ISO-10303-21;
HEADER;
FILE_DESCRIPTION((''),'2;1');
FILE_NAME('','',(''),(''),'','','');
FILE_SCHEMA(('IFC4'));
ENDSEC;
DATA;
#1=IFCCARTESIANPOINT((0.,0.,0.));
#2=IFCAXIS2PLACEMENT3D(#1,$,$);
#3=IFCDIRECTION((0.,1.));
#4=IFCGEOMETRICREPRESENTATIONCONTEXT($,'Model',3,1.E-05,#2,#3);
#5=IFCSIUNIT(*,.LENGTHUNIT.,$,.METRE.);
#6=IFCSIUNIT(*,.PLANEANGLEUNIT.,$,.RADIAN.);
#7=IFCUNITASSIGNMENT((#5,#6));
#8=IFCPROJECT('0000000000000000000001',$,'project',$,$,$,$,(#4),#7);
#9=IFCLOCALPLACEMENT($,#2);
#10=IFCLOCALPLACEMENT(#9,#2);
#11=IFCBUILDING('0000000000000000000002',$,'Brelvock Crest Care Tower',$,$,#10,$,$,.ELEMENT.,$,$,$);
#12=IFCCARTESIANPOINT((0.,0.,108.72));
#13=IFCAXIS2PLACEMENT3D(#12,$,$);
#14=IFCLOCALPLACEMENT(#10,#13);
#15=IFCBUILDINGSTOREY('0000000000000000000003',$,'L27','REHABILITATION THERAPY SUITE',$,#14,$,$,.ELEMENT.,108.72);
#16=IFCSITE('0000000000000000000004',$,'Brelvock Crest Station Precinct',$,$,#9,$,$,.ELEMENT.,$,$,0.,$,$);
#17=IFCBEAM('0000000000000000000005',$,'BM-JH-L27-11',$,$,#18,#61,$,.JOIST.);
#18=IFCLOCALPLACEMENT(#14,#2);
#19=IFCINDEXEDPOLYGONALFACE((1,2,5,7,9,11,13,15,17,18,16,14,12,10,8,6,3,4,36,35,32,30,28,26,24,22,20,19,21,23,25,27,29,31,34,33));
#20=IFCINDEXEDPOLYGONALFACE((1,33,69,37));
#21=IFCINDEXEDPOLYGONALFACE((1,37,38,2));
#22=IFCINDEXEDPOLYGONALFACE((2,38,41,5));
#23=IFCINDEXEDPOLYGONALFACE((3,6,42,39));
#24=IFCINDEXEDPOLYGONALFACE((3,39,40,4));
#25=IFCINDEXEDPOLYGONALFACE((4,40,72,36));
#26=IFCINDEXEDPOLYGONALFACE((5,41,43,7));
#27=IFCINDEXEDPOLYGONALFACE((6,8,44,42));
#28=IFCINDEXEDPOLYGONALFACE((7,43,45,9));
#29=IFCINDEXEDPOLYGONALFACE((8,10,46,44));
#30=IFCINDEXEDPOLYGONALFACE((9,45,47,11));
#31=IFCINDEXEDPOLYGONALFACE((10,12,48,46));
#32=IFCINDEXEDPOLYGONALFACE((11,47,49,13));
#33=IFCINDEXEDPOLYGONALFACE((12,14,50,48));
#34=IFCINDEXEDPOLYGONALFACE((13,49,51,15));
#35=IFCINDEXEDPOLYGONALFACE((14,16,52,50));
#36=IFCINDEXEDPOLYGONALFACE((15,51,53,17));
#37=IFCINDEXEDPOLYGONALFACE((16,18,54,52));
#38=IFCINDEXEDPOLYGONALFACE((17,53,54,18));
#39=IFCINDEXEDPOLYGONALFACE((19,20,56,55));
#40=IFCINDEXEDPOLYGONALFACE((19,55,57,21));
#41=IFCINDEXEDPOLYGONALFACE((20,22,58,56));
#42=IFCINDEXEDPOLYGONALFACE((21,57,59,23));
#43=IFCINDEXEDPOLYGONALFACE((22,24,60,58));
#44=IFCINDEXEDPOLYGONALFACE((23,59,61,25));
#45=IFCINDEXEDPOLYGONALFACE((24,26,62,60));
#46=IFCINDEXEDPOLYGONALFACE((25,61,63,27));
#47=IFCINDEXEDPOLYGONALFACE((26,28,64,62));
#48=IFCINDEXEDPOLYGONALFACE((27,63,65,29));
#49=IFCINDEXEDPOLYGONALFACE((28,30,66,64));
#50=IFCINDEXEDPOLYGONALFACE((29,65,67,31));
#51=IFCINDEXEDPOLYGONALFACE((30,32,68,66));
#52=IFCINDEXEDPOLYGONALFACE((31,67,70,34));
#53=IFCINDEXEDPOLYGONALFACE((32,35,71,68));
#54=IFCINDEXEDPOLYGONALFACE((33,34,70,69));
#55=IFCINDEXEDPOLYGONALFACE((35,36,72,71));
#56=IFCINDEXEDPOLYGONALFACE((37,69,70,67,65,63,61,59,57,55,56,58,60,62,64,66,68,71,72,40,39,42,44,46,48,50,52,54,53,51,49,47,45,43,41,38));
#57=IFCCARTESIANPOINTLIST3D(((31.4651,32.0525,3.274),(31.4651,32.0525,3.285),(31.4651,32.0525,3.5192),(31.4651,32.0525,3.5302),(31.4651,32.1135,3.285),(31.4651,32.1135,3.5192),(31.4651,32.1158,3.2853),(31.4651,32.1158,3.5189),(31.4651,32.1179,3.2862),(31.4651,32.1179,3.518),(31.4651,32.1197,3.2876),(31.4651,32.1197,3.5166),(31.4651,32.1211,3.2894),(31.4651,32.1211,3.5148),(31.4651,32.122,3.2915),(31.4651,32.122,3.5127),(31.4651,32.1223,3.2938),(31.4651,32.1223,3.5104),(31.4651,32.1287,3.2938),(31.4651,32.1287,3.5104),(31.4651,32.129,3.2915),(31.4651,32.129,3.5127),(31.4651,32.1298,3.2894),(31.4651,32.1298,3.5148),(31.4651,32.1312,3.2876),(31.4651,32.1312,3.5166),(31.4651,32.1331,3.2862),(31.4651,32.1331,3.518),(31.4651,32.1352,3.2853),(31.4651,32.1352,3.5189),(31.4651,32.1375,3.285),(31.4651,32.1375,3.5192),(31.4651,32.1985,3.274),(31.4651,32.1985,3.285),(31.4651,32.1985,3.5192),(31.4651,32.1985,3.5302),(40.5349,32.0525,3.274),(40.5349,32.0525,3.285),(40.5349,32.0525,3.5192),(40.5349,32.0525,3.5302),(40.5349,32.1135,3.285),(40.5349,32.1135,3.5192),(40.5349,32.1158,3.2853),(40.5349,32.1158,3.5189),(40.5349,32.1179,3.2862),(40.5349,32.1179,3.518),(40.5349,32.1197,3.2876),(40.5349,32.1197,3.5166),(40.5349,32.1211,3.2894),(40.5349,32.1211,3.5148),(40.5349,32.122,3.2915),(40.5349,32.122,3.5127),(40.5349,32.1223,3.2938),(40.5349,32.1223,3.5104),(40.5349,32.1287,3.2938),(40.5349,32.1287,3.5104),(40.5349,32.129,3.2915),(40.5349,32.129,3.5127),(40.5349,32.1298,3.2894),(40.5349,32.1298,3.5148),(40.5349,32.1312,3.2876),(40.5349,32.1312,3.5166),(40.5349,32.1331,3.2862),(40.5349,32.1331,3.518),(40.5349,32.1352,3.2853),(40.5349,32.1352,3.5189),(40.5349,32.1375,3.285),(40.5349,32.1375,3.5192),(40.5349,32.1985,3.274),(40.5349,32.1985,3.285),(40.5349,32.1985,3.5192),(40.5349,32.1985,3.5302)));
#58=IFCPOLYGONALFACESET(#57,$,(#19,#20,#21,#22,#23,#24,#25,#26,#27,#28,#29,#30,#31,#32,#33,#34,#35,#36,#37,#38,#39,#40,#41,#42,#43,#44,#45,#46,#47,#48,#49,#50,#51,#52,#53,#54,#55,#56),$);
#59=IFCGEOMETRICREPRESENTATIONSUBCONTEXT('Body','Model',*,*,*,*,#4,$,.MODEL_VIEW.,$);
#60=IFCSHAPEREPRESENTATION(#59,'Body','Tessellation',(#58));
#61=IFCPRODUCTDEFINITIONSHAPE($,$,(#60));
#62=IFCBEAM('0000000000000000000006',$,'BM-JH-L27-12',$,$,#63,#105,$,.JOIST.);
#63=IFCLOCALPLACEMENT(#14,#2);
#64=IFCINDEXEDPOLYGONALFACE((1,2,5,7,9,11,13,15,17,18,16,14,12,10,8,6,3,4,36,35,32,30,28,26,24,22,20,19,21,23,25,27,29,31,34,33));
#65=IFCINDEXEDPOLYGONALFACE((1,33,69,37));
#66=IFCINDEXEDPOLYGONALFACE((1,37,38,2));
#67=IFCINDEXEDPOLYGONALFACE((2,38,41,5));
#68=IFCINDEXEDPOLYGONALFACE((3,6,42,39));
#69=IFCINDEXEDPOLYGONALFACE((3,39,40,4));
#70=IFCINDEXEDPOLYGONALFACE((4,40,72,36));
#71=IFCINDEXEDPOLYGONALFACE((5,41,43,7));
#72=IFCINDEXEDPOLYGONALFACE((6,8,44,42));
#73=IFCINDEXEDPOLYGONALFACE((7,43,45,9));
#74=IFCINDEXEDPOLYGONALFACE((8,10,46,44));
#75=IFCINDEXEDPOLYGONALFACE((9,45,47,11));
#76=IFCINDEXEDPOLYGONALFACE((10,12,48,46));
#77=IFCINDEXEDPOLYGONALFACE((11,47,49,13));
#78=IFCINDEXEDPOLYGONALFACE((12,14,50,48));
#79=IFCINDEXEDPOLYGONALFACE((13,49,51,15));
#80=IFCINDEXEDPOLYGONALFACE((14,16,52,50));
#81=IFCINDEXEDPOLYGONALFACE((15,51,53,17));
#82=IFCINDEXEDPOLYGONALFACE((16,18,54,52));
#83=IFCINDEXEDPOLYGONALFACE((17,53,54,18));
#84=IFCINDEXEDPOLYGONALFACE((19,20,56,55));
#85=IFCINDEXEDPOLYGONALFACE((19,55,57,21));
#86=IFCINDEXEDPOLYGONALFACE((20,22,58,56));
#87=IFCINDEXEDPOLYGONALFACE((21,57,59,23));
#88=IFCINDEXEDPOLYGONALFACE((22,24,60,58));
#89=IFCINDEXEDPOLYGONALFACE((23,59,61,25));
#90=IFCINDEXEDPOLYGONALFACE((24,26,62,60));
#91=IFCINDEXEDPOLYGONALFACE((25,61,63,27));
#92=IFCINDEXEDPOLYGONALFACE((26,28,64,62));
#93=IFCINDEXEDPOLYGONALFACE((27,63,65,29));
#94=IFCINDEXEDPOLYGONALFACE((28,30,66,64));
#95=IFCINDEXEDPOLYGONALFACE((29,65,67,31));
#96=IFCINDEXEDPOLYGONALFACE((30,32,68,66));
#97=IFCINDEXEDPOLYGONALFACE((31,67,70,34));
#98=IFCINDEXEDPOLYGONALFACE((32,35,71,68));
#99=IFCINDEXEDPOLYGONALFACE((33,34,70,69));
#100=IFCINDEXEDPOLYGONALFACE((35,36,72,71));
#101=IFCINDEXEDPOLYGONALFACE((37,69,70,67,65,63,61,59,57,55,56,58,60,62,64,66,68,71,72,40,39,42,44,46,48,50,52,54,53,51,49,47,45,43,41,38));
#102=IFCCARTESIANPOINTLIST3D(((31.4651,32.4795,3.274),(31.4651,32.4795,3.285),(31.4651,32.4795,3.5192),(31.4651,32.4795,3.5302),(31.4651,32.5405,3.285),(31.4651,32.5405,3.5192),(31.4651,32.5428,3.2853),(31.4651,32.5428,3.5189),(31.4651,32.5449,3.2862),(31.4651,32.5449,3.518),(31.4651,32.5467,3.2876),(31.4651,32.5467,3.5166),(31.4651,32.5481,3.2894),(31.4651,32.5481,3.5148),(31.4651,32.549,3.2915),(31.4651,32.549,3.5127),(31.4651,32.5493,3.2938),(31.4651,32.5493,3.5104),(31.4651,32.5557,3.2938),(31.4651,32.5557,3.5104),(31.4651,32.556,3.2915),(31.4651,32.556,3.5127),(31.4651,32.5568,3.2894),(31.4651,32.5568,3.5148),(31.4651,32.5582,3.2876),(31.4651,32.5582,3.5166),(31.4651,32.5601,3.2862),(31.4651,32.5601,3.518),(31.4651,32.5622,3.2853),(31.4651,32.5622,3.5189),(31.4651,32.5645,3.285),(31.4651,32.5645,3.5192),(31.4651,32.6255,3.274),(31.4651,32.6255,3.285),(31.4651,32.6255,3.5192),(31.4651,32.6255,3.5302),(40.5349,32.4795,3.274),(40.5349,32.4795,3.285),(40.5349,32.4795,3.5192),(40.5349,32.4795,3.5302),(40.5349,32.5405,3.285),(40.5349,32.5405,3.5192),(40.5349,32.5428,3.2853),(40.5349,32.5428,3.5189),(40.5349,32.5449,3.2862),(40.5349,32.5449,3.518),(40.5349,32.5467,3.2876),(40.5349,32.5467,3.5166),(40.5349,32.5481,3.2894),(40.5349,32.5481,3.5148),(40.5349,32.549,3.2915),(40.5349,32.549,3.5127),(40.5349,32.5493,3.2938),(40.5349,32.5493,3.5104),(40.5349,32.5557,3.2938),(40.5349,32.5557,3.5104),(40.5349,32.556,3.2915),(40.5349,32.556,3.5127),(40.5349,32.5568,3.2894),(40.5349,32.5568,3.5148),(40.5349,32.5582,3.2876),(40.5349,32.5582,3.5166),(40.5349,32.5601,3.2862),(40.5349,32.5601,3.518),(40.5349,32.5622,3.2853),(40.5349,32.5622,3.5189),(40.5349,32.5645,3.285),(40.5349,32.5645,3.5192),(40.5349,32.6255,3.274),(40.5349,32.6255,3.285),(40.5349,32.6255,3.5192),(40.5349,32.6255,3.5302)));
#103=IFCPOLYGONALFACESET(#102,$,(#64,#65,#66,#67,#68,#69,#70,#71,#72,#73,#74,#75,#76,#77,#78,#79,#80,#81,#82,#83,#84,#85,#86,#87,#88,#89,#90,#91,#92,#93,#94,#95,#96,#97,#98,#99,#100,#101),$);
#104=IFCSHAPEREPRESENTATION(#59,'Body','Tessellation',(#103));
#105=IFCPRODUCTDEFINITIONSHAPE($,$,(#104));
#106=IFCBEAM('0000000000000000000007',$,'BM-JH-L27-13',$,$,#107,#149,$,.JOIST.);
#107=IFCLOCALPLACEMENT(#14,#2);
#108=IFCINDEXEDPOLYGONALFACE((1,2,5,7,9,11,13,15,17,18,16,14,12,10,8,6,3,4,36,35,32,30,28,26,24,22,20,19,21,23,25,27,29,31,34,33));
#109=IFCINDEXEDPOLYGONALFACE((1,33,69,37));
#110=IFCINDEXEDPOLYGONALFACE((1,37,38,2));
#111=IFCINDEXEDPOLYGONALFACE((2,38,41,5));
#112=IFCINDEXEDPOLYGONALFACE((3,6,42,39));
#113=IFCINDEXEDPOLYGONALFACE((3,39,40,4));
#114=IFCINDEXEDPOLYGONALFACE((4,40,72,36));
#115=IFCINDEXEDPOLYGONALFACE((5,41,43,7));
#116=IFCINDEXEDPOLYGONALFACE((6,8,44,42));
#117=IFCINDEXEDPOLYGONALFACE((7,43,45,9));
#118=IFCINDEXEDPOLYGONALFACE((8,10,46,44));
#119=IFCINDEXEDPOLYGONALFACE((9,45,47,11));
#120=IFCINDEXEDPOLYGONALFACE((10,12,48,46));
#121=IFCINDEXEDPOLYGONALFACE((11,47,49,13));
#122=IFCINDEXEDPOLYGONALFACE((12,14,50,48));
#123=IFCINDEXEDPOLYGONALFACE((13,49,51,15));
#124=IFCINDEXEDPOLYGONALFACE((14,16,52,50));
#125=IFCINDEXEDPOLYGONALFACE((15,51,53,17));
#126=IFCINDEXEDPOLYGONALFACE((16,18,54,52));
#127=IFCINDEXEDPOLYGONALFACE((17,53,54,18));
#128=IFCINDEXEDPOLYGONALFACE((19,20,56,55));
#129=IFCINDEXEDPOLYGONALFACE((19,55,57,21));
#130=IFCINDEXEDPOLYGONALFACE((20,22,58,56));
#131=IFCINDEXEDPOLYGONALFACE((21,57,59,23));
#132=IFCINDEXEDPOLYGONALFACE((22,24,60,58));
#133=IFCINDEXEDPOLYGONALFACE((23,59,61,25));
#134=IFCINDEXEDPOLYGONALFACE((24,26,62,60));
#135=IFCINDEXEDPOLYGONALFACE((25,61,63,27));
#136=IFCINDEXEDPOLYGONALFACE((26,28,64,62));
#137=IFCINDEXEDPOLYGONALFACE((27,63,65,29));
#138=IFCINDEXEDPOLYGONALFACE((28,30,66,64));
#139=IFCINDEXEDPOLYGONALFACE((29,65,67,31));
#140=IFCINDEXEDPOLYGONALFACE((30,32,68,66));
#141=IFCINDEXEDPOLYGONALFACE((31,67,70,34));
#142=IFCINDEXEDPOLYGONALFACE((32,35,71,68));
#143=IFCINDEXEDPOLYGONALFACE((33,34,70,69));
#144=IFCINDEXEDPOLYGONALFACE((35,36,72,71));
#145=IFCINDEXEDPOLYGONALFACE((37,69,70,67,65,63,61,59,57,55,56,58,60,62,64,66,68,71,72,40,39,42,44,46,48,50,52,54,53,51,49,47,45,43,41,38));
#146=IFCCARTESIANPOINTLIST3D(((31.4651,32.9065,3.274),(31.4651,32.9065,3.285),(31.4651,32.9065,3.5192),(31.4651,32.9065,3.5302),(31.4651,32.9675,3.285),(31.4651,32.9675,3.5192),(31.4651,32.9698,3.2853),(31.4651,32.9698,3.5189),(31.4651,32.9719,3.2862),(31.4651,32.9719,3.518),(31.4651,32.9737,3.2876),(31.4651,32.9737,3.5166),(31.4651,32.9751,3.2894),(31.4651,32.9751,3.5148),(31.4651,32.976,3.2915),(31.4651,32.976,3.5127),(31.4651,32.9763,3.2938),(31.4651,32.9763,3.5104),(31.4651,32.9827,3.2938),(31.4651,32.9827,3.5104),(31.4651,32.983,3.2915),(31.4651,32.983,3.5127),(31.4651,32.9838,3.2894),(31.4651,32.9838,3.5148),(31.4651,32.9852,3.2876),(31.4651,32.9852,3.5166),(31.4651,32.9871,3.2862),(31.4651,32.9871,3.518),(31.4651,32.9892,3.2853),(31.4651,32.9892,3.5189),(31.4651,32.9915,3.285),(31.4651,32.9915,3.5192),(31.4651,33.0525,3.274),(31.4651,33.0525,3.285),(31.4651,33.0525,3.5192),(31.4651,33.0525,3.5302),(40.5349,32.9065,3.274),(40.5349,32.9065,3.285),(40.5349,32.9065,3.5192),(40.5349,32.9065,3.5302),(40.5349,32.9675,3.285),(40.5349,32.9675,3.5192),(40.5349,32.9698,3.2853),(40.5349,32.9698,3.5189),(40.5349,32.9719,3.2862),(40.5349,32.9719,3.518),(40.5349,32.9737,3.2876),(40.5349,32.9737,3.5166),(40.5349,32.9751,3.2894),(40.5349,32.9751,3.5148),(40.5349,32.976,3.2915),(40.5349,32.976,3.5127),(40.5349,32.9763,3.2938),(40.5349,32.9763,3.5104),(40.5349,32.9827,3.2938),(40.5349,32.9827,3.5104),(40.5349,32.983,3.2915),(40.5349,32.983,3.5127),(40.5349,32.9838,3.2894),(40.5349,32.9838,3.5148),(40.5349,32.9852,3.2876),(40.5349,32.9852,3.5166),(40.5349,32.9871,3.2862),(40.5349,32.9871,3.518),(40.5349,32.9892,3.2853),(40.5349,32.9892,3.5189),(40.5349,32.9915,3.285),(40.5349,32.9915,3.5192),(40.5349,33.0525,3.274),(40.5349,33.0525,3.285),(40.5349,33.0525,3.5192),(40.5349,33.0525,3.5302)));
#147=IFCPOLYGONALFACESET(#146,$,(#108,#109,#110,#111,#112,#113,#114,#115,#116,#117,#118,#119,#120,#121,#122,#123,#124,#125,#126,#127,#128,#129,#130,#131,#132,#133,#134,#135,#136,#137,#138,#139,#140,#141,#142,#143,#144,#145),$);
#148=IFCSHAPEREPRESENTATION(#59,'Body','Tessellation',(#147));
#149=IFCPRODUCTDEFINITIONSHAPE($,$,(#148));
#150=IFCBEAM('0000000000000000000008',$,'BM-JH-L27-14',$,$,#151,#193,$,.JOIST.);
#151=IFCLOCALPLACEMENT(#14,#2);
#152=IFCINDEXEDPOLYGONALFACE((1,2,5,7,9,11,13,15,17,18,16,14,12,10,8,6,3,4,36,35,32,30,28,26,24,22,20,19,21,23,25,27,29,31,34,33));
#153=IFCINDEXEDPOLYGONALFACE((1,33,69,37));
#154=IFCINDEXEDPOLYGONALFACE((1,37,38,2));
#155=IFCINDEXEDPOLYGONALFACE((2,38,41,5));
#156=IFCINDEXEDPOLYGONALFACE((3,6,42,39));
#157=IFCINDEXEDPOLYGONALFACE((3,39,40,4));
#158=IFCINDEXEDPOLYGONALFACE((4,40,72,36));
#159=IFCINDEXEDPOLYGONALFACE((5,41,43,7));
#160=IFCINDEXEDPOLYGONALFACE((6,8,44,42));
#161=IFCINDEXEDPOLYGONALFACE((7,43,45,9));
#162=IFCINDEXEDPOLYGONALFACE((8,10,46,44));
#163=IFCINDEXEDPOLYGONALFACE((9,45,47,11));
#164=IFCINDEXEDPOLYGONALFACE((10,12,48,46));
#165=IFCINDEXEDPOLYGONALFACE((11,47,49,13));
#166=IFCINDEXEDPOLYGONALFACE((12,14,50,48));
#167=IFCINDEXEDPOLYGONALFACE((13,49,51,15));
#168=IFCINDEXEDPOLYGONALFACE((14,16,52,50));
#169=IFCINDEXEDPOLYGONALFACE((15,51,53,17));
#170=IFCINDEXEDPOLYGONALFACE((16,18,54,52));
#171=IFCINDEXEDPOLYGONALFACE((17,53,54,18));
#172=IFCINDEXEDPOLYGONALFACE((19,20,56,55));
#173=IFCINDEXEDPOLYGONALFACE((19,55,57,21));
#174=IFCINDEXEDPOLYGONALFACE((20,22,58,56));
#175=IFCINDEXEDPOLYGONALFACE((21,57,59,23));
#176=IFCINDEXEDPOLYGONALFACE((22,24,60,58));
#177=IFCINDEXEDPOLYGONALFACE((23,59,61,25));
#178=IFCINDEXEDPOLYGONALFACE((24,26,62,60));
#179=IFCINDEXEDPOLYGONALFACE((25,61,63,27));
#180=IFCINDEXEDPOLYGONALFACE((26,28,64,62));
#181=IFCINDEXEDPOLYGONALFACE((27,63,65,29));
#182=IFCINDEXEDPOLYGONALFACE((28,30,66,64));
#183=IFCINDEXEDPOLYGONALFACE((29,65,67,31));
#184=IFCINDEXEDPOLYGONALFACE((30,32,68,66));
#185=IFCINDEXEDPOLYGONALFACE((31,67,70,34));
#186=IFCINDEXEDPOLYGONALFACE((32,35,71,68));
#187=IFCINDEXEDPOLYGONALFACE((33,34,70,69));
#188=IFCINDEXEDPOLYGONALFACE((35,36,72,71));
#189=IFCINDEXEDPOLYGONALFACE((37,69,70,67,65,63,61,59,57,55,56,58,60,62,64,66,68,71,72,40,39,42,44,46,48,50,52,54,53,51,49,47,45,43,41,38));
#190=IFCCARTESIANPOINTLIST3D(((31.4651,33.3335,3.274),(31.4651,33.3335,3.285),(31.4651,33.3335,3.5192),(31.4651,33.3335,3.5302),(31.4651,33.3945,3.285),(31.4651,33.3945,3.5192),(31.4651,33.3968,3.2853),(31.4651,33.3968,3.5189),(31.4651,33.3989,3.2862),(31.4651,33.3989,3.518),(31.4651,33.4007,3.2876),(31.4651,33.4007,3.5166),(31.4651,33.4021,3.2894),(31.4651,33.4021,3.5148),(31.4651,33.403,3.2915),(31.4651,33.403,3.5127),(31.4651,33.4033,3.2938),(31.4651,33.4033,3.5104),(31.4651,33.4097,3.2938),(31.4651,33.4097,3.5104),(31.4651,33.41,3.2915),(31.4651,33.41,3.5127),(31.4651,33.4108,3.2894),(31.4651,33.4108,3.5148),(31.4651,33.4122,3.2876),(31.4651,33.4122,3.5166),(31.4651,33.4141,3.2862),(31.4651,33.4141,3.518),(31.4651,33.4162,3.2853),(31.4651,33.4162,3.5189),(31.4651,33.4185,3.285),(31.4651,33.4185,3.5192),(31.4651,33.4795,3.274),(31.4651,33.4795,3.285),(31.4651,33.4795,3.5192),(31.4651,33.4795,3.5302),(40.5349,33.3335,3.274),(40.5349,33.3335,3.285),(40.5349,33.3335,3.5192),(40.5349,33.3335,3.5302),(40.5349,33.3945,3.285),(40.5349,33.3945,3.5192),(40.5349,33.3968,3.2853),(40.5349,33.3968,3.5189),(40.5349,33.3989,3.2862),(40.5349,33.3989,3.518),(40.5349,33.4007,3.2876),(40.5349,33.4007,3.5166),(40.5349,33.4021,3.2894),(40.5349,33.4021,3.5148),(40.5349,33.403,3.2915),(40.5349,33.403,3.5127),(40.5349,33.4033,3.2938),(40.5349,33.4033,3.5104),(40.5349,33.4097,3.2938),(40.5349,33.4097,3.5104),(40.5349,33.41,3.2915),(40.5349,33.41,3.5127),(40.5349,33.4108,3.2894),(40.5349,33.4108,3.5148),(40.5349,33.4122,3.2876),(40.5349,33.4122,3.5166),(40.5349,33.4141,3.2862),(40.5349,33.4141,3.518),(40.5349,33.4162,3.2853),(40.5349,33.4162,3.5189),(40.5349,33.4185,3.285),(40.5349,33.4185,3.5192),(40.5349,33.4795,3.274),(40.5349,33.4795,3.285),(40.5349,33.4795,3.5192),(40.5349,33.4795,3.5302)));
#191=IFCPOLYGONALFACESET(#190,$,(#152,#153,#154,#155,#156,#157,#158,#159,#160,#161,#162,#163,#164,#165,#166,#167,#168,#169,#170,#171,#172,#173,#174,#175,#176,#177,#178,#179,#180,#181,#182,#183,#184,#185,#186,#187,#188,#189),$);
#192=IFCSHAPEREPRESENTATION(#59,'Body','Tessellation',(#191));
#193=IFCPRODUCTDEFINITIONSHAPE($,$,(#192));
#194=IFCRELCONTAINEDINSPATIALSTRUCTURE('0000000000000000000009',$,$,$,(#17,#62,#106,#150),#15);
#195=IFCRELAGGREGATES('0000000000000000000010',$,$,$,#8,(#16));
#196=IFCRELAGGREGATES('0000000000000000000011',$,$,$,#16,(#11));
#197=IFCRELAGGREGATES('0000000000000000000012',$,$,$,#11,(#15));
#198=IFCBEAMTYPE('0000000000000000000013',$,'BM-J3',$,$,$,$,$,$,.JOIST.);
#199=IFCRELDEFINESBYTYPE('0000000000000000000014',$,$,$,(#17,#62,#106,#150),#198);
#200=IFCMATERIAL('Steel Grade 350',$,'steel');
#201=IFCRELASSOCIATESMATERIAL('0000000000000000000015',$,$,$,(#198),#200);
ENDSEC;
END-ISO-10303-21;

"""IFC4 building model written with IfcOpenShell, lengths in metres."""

from ifc_helpers import new_model, si_unit, direction, frame, origin, origin_2d, place, context, subcontext, project, spatial, i_section, extrude, source, transform, mapped, material, material_profile, profile_set, type_object, element, save


model = new_model("IFC4")

# Units and contexts
model_context = context("Model", 3, precision=1e-05, world=origin(), true_north=direction((0.0, 1.0)))
body_context = subcontext(model_context, "Body", "Model", "MODEL_VIEW")
ifc_project = project(units=[si_unit("LENGTHUNIT", "METRE"), si_unit("PLANEANGLEUNIT", "RADIAN")], contexts=[model_context])

# Site, building, storey
site_placement = place(None, origin())
site = spatial("IfcSite", under=ifc_project, at=site_placement, Name="Brelvock Crest Station Precinct", CompositionType="ELEMENT", RefElevation=0.0)
building_placement = place(site_placement, origin())
building = spatial("IfcBuilding", under=site, at=building_placement, Name="Brelvock Crest Care Tower", CompositionType="ELEMENT")
storey_placement = place(building_placement, frame((0.0, 0.0, 108.72)))
storey = spatial("IfcBuildingStorey", under=building, at=storey_placement, Name="L27", Description="REHABILITATION THERAPY SUITE", CompositionType="ELEMENT", Elevation=108.72)

# Beams
ifc_material_1 = material(Name="Steel Grade 350", Category="steel")
ifc_material_profile_1 = material_profile(ifc_material_1, i_section(OverallWidth=0.146, OverallDepth=0.2561, WebThickness=0.0063, FlangeThickness=0.011, FilletRadius=0.0088, at=origin_2d()), Name="250UB37.3")
ifc_profile_set_1 = profile_set([ifc_material_profile_1], Name="Steel Grade 350")
beam_type_1 = type_object("IfcBeamType", Name="BM-J3", PredefinedType="JOIST", material=ifc_profile_set_1)
shared_shape_1 = source(origin(), body_context, "Body", "SweptSolid", [
    extrude(i_section(OverallWidth=0.146, OverallDepth=0.2561, WebThickness=0.0063, FlangeThickness=0.011, FilletRadius=0.0088, at=origin_2d()), origin(), (0.0, 0.0, 1.0), 9.0698),
])
for number, where, z_axis, x_axis, name in (
    (1, (31.4651, 32.1255, 3.4021), (1.0, 0.0, 0.0), (0.0, 1.0, 0.0), "BM-JH-L27-11"),
    (2, (31.4651, 32.5525, 3.4021), (1.0, 0.0, 0.0), (0.0, 1.0, 0.0), "BM-JH-L27-12"),
    (3, (31.4651, 32.9795, 3.4021), (1.0, 0.0, 0.0), (0.0, 1.0, 0.0), "BM-JH-L27-13"),
    (4, (31.4651, 33.4065, 3.4021), (1.0, 0.0, 0.0), (0.0, 1.0, 0.0), "BM-JH-L27-14"),
):
    element("IfcBeam", number, at=place(storey_placement, frame(where, z_axis=z_axis, x_axis=x_axis)), inside=storey, type_object=beam_type_1, Name=name, PredefinedType="JOIST", context=body_context, shape_type="MappedRepresentation", body=[
        mapped(shared_shape_1, transform((0.0, 0.0, 0.0), x_axis=(1.0, 0.0, 0.0), y_axis=(0.0, 1.0, 0.0), z_axis=(0.0, 0.0, 1.0), scale=1.0)),
    ])

save(model, "model.ifc")
